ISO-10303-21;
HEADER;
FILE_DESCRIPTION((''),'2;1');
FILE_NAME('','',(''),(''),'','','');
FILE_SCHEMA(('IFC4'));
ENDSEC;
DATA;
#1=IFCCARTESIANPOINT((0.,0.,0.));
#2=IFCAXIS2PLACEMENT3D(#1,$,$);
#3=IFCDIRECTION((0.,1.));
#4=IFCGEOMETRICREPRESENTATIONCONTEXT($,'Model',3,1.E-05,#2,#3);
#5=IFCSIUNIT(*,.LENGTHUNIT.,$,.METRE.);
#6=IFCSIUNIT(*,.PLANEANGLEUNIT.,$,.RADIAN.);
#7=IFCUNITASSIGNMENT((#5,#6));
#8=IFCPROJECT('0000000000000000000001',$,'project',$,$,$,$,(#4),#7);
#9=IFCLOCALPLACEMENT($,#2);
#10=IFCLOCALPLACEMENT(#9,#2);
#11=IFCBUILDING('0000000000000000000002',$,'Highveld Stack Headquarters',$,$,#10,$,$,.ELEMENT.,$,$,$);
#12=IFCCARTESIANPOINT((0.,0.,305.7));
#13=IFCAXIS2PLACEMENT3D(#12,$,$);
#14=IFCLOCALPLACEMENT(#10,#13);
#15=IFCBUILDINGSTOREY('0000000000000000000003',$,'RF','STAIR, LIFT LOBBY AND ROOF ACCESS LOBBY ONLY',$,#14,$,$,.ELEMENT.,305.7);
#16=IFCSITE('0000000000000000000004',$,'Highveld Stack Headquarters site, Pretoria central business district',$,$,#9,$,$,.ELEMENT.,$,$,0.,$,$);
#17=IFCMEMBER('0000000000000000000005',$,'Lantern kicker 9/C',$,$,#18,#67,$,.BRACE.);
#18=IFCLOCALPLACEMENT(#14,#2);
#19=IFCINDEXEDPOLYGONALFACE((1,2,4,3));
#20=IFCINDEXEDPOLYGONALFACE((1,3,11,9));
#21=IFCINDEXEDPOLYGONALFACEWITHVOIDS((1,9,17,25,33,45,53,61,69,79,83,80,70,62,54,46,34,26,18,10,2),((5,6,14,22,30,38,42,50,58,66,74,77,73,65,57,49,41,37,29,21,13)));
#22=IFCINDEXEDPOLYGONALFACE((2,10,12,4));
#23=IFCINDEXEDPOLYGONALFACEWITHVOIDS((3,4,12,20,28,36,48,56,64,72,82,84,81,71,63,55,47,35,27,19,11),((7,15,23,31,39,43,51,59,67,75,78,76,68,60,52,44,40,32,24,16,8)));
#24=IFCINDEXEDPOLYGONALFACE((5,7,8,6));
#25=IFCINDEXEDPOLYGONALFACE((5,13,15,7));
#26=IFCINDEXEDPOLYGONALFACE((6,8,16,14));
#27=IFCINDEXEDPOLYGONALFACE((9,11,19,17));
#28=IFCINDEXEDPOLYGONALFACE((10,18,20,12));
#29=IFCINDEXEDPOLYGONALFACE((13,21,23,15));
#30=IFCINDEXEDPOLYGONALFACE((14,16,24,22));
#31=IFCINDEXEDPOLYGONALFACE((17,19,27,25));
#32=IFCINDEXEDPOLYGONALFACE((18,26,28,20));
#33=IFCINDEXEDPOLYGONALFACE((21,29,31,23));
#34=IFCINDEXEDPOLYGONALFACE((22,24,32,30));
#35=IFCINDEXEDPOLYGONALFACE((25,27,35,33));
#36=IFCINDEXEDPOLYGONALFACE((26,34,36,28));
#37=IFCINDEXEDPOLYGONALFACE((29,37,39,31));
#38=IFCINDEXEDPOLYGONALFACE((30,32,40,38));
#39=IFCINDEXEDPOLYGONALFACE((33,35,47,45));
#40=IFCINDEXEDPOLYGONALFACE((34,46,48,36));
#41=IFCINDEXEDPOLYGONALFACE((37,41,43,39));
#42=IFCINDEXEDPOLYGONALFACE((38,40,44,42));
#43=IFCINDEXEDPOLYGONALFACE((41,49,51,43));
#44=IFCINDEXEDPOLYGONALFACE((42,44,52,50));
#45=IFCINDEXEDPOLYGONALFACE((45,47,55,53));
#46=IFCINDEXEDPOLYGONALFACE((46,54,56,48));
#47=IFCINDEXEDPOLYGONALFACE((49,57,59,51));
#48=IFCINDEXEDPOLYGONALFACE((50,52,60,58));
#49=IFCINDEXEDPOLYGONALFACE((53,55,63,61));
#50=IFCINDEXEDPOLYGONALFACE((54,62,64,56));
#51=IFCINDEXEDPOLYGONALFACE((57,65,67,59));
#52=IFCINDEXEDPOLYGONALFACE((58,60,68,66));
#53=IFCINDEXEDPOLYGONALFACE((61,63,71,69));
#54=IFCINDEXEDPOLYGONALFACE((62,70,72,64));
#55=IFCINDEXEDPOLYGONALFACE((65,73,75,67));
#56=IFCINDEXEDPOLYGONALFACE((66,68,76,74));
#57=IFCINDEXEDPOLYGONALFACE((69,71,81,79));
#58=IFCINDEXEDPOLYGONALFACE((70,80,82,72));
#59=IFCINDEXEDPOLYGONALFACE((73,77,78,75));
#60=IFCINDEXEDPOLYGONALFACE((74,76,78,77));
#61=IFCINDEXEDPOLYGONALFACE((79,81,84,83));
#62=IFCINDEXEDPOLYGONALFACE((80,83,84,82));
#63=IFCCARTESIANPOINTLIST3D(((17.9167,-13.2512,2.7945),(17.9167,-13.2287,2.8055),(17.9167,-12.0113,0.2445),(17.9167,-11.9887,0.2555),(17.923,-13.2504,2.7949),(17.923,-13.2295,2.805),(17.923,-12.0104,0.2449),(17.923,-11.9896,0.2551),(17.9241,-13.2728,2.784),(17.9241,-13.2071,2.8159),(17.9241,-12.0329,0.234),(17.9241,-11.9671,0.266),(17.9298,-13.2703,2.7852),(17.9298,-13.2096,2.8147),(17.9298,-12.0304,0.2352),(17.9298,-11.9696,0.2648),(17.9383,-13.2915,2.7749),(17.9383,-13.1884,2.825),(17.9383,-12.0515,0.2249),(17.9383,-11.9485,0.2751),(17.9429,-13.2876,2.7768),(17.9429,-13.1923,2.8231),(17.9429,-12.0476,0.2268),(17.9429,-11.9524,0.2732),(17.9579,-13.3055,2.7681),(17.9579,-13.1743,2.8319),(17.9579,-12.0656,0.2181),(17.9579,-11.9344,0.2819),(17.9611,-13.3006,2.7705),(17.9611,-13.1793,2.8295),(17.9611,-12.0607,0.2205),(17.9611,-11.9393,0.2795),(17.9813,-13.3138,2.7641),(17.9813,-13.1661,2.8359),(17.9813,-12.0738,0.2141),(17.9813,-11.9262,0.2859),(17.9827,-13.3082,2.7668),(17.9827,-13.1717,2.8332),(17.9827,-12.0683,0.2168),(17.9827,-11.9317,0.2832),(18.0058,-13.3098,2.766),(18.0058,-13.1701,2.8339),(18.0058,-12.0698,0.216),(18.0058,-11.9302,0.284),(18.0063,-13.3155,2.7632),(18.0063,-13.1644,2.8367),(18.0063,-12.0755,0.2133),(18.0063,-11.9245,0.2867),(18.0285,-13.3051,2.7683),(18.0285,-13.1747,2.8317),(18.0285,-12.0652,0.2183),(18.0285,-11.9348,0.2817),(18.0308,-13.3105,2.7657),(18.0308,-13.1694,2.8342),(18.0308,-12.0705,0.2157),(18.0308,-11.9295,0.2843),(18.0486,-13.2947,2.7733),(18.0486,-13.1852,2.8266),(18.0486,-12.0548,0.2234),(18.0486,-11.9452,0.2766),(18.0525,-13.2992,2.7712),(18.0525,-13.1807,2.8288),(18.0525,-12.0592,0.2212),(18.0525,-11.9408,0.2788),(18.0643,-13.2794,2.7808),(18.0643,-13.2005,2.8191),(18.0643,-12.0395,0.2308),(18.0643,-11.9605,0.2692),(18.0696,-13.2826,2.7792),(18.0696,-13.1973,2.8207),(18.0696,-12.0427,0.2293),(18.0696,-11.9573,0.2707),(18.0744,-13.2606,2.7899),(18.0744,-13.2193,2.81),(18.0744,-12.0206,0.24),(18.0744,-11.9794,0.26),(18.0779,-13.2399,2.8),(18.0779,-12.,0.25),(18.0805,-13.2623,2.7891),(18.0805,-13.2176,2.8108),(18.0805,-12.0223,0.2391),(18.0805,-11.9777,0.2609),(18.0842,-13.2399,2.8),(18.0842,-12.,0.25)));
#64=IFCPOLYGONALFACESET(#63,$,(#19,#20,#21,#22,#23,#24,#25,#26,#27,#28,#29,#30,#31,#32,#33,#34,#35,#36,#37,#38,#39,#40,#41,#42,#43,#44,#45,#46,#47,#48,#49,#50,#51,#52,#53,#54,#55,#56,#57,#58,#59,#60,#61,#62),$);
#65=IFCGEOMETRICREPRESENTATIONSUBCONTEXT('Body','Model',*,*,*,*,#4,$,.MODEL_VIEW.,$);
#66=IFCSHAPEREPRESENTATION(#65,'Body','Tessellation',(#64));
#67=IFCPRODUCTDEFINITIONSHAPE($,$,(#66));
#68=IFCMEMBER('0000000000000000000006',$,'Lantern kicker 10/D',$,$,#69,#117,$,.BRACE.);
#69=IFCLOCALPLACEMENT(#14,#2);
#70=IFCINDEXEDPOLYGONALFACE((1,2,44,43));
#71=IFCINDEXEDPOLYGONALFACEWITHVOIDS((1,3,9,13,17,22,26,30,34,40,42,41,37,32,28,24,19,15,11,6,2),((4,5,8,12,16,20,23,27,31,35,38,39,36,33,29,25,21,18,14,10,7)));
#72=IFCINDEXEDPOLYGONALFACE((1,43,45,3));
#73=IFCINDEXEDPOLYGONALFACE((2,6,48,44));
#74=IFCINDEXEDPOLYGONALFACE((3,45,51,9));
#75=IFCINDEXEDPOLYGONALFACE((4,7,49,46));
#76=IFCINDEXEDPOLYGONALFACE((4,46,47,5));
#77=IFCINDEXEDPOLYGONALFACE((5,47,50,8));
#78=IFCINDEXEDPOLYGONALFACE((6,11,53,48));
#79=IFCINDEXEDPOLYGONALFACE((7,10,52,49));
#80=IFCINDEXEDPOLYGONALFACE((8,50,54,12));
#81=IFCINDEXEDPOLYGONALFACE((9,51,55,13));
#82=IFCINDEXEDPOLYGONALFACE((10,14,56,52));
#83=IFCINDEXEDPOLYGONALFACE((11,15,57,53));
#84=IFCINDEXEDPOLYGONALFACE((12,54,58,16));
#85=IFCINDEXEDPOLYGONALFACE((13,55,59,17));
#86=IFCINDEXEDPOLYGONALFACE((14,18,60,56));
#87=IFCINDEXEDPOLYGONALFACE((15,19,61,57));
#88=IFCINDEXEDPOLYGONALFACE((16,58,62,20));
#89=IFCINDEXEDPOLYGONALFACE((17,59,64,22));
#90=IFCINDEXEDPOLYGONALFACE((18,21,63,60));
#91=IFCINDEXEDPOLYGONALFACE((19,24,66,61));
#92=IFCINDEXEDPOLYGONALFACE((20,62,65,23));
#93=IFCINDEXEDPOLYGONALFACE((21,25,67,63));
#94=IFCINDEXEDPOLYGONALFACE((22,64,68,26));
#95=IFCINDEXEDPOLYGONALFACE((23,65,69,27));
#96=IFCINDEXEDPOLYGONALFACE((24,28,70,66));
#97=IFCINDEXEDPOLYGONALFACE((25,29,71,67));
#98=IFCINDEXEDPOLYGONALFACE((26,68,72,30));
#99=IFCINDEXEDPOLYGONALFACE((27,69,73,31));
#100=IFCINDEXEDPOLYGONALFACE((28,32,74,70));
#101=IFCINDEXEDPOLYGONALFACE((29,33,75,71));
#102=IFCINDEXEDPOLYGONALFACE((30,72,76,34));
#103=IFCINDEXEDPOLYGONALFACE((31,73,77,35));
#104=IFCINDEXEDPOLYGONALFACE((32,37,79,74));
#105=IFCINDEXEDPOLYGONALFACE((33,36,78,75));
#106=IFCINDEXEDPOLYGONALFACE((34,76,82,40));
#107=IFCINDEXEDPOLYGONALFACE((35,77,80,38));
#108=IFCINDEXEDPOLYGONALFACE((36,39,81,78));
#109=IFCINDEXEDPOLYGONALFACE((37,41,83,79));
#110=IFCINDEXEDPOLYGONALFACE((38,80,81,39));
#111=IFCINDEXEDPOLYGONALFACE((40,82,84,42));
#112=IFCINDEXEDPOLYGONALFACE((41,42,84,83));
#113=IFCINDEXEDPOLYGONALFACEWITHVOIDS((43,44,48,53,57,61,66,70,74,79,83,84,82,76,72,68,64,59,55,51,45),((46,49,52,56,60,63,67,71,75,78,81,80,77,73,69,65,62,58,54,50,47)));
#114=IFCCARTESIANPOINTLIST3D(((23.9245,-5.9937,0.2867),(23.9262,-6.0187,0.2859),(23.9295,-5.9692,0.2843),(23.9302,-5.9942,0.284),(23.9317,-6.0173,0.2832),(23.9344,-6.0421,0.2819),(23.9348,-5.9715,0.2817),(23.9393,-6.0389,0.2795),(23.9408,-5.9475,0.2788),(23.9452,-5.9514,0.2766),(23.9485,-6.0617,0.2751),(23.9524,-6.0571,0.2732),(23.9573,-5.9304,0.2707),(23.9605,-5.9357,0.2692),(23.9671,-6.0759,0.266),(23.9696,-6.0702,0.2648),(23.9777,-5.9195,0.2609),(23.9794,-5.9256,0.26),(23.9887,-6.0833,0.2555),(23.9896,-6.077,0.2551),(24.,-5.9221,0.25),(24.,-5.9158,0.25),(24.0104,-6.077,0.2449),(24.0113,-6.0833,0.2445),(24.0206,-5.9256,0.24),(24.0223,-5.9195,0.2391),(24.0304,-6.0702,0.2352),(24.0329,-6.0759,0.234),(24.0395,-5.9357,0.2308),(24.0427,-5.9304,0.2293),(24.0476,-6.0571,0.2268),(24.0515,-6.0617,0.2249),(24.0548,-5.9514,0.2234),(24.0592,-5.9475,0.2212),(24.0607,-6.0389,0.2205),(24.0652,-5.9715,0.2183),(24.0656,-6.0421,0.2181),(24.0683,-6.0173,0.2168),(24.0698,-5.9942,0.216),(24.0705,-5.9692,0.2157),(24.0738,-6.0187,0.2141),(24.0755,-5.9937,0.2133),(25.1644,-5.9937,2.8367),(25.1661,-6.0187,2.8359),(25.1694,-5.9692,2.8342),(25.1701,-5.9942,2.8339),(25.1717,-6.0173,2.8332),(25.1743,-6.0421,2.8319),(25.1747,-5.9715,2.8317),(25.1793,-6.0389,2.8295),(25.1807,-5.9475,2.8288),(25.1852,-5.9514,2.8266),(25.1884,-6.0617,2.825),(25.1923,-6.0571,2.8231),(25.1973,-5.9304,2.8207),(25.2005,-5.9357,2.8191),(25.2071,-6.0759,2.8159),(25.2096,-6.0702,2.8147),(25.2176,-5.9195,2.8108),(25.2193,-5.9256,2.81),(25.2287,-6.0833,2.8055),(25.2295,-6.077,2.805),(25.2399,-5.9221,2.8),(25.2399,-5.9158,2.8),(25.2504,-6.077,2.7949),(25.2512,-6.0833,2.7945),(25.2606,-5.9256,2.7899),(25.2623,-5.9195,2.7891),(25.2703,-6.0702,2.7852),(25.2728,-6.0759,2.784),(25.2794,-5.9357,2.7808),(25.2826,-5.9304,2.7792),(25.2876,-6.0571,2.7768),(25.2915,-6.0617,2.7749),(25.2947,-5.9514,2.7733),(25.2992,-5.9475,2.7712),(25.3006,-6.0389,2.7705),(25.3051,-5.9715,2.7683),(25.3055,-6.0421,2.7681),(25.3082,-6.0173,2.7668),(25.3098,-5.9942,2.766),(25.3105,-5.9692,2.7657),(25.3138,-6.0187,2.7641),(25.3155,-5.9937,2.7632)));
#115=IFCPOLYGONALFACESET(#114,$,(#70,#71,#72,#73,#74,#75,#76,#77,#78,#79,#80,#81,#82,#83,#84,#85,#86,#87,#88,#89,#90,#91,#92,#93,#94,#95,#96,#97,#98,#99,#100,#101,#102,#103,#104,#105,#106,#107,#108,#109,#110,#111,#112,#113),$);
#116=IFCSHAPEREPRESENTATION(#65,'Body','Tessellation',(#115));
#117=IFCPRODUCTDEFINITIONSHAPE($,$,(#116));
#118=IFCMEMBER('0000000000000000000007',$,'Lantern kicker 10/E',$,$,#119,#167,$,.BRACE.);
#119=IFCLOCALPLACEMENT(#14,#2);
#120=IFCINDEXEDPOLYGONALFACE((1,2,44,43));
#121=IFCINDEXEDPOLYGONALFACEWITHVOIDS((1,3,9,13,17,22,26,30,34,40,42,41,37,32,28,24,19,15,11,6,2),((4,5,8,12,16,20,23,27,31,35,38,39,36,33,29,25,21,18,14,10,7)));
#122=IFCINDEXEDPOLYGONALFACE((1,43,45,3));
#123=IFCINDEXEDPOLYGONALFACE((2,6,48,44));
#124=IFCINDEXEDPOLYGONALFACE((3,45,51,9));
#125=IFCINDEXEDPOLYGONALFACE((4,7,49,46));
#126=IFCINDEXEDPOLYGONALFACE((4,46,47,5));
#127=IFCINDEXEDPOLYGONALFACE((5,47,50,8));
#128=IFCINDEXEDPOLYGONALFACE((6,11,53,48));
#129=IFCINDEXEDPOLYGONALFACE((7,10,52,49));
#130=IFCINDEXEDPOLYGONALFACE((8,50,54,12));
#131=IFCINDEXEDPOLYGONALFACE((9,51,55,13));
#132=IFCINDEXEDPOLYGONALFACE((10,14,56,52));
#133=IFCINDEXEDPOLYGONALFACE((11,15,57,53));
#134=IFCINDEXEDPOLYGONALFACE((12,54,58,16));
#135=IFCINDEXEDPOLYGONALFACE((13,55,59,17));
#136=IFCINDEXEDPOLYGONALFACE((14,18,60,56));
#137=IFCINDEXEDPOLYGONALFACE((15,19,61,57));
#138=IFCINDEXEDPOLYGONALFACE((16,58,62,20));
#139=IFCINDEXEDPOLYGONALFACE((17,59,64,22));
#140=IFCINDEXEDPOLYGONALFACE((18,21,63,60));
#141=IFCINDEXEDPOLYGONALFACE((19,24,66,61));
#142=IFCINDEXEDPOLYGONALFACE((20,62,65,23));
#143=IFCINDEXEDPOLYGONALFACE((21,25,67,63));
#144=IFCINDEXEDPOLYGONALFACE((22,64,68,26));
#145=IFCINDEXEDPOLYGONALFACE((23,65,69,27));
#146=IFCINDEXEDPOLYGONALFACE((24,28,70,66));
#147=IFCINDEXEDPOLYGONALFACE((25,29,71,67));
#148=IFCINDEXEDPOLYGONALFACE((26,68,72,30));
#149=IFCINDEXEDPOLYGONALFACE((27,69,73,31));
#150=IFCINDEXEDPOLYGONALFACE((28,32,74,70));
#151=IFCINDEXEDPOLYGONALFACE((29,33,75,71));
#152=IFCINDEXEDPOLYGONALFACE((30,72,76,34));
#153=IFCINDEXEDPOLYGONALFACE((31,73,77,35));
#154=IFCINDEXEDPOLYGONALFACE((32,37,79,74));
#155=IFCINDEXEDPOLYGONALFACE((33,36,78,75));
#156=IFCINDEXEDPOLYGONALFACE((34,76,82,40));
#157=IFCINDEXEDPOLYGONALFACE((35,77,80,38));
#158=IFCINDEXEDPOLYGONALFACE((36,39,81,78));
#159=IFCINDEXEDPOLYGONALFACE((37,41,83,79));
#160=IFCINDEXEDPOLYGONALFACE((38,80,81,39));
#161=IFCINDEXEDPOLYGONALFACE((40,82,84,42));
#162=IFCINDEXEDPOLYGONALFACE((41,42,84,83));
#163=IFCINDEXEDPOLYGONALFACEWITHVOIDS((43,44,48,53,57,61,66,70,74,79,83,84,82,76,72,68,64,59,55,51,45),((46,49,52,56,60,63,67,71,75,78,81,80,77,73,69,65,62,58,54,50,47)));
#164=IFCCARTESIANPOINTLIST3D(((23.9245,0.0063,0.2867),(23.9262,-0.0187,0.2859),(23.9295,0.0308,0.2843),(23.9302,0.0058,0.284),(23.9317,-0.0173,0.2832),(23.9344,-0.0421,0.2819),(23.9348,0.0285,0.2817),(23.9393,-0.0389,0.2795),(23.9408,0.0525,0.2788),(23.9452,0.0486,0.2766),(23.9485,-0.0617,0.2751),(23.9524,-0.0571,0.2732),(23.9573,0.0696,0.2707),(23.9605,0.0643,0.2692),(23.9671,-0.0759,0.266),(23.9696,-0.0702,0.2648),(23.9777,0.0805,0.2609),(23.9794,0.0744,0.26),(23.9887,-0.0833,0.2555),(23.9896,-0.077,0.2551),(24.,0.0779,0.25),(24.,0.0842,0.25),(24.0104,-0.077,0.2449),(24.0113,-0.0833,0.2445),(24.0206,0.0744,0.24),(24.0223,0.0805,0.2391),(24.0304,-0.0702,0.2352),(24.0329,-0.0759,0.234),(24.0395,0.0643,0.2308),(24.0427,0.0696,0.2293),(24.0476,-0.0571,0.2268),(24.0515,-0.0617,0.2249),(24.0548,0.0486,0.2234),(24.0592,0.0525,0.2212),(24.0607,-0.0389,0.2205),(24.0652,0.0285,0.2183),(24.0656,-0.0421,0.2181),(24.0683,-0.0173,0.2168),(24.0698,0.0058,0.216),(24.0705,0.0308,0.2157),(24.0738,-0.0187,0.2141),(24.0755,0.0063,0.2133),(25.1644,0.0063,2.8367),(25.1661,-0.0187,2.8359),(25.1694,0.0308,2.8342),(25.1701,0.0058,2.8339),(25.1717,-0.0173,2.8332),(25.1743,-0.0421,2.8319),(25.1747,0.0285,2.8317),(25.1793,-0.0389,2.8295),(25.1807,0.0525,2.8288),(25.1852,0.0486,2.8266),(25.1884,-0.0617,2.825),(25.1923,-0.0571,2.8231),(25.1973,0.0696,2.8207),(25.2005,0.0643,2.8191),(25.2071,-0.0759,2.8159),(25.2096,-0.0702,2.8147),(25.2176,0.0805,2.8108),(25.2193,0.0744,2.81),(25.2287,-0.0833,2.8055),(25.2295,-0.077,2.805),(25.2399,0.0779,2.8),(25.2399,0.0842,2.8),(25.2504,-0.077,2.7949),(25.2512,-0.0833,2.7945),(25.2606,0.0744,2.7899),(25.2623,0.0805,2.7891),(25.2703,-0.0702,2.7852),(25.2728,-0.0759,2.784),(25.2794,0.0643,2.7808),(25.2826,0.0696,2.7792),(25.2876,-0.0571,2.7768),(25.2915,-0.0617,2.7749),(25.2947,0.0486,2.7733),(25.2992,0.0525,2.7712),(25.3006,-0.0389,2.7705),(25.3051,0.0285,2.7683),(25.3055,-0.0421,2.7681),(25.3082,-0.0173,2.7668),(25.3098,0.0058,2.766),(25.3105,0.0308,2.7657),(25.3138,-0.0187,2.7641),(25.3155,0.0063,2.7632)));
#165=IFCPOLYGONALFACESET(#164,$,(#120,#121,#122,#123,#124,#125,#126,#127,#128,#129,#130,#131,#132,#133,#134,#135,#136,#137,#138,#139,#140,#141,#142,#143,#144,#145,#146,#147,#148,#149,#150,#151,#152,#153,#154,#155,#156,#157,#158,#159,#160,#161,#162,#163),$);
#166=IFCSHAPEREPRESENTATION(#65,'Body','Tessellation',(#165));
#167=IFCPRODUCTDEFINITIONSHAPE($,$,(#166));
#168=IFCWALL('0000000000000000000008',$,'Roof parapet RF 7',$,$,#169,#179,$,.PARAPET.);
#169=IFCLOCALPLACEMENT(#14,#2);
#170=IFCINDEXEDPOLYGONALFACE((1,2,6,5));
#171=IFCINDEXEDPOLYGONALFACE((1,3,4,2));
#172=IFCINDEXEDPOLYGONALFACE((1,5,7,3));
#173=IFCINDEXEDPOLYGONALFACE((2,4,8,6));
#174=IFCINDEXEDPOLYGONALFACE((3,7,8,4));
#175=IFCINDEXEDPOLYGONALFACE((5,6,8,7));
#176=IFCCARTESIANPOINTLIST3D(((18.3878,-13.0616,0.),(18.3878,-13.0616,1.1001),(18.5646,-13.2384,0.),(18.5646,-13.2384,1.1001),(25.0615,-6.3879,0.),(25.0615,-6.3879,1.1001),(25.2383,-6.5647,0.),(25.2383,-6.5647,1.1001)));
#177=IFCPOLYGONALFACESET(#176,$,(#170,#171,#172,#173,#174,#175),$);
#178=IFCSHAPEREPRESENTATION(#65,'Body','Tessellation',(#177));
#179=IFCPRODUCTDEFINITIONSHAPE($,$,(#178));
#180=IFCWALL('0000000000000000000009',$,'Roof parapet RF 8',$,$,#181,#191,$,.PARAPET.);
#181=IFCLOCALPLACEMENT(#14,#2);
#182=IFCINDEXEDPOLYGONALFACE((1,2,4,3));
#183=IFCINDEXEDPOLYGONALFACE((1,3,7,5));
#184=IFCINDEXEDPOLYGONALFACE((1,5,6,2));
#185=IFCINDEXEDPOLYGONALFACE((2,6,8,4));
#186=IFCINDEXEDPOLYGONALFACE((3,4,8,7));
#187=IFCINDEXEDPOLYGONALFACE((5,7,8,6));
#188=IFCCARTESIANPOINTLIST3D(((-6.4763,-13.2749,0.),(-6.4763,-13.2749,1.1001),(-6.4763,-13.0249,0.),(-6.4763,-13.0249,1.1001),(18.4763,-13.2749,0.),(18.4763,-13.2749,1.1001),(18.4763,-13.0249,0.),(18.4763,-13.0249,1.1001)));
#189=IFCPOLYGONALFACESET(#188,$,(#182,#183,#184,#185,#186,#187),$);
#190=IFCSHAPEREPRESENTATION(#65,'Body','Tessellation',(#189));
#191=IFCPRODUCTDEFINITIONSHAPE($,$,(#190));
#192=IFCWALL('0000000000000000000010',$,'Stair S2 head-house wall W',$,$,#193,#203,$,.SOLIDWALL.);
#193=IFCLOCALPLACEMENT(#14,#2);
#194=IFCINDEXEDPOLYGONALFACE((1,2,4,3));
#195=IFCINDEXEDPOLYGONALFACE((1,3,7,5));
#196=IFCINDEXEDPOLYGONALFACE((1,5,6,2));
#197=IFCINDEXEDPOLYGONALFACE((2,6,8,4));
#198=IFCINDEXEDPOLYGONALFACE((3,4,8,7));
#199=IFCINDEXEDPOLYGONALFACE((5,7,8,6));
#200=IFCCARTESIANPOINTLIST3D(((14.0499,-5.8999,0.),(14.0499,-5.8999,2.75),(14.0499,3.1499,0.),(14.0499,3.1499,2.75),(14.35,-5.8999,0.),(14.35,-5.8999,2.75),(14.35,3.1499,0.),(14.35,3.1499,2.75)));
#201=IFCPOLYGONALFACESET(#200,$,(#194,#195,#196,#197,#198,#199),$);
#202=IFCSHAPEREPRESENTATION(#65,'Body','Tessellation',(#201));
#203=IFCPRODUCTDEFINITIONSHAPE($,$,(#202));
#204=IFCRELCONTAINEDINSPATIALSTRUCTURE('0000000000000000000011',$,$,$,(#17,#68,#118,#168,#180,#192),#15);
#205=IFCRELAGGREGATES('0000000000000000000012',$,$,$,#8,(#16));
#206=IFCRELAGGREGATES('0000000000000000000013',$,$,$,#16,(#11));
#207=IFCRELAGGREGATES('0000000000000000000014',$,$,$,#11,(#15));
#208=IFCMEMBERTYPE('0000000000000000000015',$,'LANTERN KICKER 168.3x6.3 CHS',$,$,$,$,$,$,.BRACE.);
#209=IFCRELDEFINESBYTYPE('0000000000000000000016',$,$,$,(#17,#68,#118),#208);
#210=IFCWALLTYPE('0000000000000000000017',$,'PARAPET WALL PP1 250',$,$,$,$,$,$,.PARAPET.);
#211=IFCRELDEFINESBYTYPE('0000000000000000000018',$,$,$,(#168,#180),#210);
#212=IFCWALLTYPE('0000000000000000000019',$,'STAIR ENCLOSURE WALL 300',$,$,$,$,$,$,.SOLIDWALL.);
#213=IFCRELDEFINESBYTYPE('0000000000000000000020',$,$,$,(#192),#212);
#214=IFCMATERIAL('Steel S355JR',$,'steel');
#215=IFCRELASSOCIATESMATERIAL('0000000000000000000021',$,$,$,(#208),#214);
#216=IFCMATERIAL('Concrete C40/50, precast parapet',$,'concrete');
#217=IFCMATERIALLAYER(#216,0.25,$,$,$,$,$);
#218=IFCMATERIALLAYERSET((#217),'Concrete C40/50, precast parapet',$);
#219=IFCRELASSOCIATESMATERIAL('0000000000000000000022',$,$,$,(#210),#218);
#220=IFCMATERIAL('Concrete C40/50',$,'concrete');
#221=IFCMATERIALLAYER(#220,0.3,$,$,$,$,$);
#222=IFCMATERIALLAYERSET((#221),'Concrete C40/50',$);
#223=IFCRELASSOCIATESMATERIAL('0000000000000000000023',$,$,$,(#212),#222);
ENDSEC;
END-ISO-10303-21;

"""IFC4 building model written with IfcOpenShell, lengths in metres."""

from ifc_helpers import new_model, si_unit, direction, frame, frame_2d, origin, origin_2d, place, context, subcontext, project, spatial, rectangle, hollow_circle, extrude, material, layer, layer_set, material_profile, profile_set, type_object, element, save


model = new_model("IFC4")

# Units and contexts
model_context = context("Model", 3, precision=1e-05, world=origin(), true_north=direction((0.0, 1.0)))
body_context = subcontext(model_context, "Body", "Model", "MODEL_VIEW")
ifc_project = project(units=[si_unit("LENGTHUNIT", "METRE"), si_unit("PLANEANGLEUNIT", "RADIAN")], contexts=[model_context])

# Site, building, storey
site_placement = place(None, origin())
site = spatial("IfcSite", under=ifc_project, at=site_placement, Name="Highveld Stack Headquarters site, Pretoria central business district", CompositionType="ELEMENT", RefElevation=0.0)
building_placement = place(site_placement, origin())
building = spatial("IfcBuilding", under=site, at=building_placement, Name="Highveld Stack Headquarters", CompositionType="ELEMENT")
storey_placement = place(building_placement, frame((0.0, 0.0, 305.7)))
storey = spatial("IfcBuildingStorey", under=building, at=storey_placement, Name="RF", Description="STAIR, LIFT LOBBY AND ROOF ACCESS LOBBY ONLY", CompositionType="ELEMENT", Elevation=305.7)

# Members
ifc_material_1 = material(Name="Steel S355JR", Category="steel")
ifc_material_profile_1 = material_profile(ifc_material_1, hollow_circle(Radius=0.0842, WallThickness=0.0063, at=origin_2d()), Name="168.3x6.3 CHS")
ifc_profile_set_1 = profile_set([ifc_material_profile_1], Name="Steel S355JR")
member_type = type_object("IfcMemberType", Name="LANTERN KICKER 168.3x6.3 CHS", PredefinedType="BRACE", material=ifc_profile_set_1)
for number, where, z_axis, x_axis, name in (
    (1, (18.0, -12.0, 0.25), (0.0, -0.437302, 0.899315), (1.0, 0.0, 0.0), "Lantern kicker 9/C"),
    (2, (24.0, -6.0, 0.25), (0.437302, 0.0, 0.899315), (0.0, 1.0, 0.0), "Lantern kicker 10/D"),
    (3, (24.0, 0.0, 0.25), (0.437302, 0.0, 0.899315), (0.0, 1.0, 0.0), "Lantern kicker 10/E"),
):
    element("IfcMember", number, at=place(storey_placement, frame(where, z_axis=z_axis, x_axis=x_axis)), inside=storey, type_object=member_type, Name=name, PredefinedType="BRACE", context=body_context, shape_type="SweptSolid", body=[
        extrude(hollow_circle(Radius=0.0842, WallThickness=0.0063, at=origin_2d()), origin(), (0.0, 0.0, 1.0), 2.8354),
    ])

# Walls
ifc_material_2 = material(Name="Concrete C40/50, precast parapet", Category="concrete")
ifc_layer_1 = layer(ifc_material_2, 0.25)
ifc_layer_set_1 = layer_set([ifc_layer_1], Name="Concrete C40/50, precast parapet")
wall_type_1 = type_object("IfcWallType", Name="PARAPET WALL PP1 250", PredefinedType="PARAPET", material=ifc_layer_set_1)
wall_1_placement = place(storey_placement, frame((25.1499, -6.4763, 0.0), z_axis=(0.0, 0.0, 1.0), x_axis=(-0.707107, -0.707107, 0.0)))
element("IfcWall", 4, at=wall_1_placement, inside=storey, type_object=wall_type_1, Name="Roof parapet RF 7", PredefinedType="PARAPET", context=body_context, shape_type="SweptSolid", body=[
    extrude(rectangle(XDim=9.438, YDim=0.25, at=frame_2d((4.719, 0.0))), origin(), (0.0, 0.0, 1.0), 1.1001),
])
wall_2_placement = place(storey_placement, frame((18.4763, -13.1499, 0.0), z_axis=(0.0, 0.0, 1.0), x_axis=(-1.0, 0.0, 0.0)))
element("IfcWall", 5, at=wall_2_placement, inside=storey, type_object=wall_type_1, Name="Roof parapet RF 8", PredefinedType="PARAPET", context=body_context, shape_type="SweptSolid", body=[
    extrude(rectangle(XDim=24.9526, YDim=0.25, at=frame_2d((12.4763, 0.0))), origin(), (0.0, 0.0, 1.0), 1.1001),
])
ifc_material_3 = material(Name="Concrete C40/50", Category="concrete")
ifc_layer_2 = layer(ifc_material_3, 0.3)
ifc_layer_set_2 = layer_set([ifc_layer_2], Name="Concrete C40/50")
wall_type_2 = type_object("IfcWallType", Name="STAIR ENCLOSURE WALL 300", PredefinedType="SOLIDWALL", material=ifc_layer_set_2)
for number, where, z_axis, x_axis, name in (
    (6, (14.2, -5.8999, 0.0), (0.0, 0.0, 1.0), (0.0, 1.0, 0.0), "Stair S2 head-house wall W"),
):
    element("IfcWall", number, at=place(storey_placement, frame(where, z_axis=z_axis, x_axis=x_axis)), inside=storey, type_object=wall_type_2, Name=name, PredefinedType="SOLIDWALL", context=body_context, shape_type="SweptSolid", body=[
        extrude(rectangle(XDim=9.0498, YDim=0.3, at=frame_2d((4.5249, 0.0))), origin(), (0.0, 0.0, 1.0), 2.75),
    ])

save(model, "model.ifc")
